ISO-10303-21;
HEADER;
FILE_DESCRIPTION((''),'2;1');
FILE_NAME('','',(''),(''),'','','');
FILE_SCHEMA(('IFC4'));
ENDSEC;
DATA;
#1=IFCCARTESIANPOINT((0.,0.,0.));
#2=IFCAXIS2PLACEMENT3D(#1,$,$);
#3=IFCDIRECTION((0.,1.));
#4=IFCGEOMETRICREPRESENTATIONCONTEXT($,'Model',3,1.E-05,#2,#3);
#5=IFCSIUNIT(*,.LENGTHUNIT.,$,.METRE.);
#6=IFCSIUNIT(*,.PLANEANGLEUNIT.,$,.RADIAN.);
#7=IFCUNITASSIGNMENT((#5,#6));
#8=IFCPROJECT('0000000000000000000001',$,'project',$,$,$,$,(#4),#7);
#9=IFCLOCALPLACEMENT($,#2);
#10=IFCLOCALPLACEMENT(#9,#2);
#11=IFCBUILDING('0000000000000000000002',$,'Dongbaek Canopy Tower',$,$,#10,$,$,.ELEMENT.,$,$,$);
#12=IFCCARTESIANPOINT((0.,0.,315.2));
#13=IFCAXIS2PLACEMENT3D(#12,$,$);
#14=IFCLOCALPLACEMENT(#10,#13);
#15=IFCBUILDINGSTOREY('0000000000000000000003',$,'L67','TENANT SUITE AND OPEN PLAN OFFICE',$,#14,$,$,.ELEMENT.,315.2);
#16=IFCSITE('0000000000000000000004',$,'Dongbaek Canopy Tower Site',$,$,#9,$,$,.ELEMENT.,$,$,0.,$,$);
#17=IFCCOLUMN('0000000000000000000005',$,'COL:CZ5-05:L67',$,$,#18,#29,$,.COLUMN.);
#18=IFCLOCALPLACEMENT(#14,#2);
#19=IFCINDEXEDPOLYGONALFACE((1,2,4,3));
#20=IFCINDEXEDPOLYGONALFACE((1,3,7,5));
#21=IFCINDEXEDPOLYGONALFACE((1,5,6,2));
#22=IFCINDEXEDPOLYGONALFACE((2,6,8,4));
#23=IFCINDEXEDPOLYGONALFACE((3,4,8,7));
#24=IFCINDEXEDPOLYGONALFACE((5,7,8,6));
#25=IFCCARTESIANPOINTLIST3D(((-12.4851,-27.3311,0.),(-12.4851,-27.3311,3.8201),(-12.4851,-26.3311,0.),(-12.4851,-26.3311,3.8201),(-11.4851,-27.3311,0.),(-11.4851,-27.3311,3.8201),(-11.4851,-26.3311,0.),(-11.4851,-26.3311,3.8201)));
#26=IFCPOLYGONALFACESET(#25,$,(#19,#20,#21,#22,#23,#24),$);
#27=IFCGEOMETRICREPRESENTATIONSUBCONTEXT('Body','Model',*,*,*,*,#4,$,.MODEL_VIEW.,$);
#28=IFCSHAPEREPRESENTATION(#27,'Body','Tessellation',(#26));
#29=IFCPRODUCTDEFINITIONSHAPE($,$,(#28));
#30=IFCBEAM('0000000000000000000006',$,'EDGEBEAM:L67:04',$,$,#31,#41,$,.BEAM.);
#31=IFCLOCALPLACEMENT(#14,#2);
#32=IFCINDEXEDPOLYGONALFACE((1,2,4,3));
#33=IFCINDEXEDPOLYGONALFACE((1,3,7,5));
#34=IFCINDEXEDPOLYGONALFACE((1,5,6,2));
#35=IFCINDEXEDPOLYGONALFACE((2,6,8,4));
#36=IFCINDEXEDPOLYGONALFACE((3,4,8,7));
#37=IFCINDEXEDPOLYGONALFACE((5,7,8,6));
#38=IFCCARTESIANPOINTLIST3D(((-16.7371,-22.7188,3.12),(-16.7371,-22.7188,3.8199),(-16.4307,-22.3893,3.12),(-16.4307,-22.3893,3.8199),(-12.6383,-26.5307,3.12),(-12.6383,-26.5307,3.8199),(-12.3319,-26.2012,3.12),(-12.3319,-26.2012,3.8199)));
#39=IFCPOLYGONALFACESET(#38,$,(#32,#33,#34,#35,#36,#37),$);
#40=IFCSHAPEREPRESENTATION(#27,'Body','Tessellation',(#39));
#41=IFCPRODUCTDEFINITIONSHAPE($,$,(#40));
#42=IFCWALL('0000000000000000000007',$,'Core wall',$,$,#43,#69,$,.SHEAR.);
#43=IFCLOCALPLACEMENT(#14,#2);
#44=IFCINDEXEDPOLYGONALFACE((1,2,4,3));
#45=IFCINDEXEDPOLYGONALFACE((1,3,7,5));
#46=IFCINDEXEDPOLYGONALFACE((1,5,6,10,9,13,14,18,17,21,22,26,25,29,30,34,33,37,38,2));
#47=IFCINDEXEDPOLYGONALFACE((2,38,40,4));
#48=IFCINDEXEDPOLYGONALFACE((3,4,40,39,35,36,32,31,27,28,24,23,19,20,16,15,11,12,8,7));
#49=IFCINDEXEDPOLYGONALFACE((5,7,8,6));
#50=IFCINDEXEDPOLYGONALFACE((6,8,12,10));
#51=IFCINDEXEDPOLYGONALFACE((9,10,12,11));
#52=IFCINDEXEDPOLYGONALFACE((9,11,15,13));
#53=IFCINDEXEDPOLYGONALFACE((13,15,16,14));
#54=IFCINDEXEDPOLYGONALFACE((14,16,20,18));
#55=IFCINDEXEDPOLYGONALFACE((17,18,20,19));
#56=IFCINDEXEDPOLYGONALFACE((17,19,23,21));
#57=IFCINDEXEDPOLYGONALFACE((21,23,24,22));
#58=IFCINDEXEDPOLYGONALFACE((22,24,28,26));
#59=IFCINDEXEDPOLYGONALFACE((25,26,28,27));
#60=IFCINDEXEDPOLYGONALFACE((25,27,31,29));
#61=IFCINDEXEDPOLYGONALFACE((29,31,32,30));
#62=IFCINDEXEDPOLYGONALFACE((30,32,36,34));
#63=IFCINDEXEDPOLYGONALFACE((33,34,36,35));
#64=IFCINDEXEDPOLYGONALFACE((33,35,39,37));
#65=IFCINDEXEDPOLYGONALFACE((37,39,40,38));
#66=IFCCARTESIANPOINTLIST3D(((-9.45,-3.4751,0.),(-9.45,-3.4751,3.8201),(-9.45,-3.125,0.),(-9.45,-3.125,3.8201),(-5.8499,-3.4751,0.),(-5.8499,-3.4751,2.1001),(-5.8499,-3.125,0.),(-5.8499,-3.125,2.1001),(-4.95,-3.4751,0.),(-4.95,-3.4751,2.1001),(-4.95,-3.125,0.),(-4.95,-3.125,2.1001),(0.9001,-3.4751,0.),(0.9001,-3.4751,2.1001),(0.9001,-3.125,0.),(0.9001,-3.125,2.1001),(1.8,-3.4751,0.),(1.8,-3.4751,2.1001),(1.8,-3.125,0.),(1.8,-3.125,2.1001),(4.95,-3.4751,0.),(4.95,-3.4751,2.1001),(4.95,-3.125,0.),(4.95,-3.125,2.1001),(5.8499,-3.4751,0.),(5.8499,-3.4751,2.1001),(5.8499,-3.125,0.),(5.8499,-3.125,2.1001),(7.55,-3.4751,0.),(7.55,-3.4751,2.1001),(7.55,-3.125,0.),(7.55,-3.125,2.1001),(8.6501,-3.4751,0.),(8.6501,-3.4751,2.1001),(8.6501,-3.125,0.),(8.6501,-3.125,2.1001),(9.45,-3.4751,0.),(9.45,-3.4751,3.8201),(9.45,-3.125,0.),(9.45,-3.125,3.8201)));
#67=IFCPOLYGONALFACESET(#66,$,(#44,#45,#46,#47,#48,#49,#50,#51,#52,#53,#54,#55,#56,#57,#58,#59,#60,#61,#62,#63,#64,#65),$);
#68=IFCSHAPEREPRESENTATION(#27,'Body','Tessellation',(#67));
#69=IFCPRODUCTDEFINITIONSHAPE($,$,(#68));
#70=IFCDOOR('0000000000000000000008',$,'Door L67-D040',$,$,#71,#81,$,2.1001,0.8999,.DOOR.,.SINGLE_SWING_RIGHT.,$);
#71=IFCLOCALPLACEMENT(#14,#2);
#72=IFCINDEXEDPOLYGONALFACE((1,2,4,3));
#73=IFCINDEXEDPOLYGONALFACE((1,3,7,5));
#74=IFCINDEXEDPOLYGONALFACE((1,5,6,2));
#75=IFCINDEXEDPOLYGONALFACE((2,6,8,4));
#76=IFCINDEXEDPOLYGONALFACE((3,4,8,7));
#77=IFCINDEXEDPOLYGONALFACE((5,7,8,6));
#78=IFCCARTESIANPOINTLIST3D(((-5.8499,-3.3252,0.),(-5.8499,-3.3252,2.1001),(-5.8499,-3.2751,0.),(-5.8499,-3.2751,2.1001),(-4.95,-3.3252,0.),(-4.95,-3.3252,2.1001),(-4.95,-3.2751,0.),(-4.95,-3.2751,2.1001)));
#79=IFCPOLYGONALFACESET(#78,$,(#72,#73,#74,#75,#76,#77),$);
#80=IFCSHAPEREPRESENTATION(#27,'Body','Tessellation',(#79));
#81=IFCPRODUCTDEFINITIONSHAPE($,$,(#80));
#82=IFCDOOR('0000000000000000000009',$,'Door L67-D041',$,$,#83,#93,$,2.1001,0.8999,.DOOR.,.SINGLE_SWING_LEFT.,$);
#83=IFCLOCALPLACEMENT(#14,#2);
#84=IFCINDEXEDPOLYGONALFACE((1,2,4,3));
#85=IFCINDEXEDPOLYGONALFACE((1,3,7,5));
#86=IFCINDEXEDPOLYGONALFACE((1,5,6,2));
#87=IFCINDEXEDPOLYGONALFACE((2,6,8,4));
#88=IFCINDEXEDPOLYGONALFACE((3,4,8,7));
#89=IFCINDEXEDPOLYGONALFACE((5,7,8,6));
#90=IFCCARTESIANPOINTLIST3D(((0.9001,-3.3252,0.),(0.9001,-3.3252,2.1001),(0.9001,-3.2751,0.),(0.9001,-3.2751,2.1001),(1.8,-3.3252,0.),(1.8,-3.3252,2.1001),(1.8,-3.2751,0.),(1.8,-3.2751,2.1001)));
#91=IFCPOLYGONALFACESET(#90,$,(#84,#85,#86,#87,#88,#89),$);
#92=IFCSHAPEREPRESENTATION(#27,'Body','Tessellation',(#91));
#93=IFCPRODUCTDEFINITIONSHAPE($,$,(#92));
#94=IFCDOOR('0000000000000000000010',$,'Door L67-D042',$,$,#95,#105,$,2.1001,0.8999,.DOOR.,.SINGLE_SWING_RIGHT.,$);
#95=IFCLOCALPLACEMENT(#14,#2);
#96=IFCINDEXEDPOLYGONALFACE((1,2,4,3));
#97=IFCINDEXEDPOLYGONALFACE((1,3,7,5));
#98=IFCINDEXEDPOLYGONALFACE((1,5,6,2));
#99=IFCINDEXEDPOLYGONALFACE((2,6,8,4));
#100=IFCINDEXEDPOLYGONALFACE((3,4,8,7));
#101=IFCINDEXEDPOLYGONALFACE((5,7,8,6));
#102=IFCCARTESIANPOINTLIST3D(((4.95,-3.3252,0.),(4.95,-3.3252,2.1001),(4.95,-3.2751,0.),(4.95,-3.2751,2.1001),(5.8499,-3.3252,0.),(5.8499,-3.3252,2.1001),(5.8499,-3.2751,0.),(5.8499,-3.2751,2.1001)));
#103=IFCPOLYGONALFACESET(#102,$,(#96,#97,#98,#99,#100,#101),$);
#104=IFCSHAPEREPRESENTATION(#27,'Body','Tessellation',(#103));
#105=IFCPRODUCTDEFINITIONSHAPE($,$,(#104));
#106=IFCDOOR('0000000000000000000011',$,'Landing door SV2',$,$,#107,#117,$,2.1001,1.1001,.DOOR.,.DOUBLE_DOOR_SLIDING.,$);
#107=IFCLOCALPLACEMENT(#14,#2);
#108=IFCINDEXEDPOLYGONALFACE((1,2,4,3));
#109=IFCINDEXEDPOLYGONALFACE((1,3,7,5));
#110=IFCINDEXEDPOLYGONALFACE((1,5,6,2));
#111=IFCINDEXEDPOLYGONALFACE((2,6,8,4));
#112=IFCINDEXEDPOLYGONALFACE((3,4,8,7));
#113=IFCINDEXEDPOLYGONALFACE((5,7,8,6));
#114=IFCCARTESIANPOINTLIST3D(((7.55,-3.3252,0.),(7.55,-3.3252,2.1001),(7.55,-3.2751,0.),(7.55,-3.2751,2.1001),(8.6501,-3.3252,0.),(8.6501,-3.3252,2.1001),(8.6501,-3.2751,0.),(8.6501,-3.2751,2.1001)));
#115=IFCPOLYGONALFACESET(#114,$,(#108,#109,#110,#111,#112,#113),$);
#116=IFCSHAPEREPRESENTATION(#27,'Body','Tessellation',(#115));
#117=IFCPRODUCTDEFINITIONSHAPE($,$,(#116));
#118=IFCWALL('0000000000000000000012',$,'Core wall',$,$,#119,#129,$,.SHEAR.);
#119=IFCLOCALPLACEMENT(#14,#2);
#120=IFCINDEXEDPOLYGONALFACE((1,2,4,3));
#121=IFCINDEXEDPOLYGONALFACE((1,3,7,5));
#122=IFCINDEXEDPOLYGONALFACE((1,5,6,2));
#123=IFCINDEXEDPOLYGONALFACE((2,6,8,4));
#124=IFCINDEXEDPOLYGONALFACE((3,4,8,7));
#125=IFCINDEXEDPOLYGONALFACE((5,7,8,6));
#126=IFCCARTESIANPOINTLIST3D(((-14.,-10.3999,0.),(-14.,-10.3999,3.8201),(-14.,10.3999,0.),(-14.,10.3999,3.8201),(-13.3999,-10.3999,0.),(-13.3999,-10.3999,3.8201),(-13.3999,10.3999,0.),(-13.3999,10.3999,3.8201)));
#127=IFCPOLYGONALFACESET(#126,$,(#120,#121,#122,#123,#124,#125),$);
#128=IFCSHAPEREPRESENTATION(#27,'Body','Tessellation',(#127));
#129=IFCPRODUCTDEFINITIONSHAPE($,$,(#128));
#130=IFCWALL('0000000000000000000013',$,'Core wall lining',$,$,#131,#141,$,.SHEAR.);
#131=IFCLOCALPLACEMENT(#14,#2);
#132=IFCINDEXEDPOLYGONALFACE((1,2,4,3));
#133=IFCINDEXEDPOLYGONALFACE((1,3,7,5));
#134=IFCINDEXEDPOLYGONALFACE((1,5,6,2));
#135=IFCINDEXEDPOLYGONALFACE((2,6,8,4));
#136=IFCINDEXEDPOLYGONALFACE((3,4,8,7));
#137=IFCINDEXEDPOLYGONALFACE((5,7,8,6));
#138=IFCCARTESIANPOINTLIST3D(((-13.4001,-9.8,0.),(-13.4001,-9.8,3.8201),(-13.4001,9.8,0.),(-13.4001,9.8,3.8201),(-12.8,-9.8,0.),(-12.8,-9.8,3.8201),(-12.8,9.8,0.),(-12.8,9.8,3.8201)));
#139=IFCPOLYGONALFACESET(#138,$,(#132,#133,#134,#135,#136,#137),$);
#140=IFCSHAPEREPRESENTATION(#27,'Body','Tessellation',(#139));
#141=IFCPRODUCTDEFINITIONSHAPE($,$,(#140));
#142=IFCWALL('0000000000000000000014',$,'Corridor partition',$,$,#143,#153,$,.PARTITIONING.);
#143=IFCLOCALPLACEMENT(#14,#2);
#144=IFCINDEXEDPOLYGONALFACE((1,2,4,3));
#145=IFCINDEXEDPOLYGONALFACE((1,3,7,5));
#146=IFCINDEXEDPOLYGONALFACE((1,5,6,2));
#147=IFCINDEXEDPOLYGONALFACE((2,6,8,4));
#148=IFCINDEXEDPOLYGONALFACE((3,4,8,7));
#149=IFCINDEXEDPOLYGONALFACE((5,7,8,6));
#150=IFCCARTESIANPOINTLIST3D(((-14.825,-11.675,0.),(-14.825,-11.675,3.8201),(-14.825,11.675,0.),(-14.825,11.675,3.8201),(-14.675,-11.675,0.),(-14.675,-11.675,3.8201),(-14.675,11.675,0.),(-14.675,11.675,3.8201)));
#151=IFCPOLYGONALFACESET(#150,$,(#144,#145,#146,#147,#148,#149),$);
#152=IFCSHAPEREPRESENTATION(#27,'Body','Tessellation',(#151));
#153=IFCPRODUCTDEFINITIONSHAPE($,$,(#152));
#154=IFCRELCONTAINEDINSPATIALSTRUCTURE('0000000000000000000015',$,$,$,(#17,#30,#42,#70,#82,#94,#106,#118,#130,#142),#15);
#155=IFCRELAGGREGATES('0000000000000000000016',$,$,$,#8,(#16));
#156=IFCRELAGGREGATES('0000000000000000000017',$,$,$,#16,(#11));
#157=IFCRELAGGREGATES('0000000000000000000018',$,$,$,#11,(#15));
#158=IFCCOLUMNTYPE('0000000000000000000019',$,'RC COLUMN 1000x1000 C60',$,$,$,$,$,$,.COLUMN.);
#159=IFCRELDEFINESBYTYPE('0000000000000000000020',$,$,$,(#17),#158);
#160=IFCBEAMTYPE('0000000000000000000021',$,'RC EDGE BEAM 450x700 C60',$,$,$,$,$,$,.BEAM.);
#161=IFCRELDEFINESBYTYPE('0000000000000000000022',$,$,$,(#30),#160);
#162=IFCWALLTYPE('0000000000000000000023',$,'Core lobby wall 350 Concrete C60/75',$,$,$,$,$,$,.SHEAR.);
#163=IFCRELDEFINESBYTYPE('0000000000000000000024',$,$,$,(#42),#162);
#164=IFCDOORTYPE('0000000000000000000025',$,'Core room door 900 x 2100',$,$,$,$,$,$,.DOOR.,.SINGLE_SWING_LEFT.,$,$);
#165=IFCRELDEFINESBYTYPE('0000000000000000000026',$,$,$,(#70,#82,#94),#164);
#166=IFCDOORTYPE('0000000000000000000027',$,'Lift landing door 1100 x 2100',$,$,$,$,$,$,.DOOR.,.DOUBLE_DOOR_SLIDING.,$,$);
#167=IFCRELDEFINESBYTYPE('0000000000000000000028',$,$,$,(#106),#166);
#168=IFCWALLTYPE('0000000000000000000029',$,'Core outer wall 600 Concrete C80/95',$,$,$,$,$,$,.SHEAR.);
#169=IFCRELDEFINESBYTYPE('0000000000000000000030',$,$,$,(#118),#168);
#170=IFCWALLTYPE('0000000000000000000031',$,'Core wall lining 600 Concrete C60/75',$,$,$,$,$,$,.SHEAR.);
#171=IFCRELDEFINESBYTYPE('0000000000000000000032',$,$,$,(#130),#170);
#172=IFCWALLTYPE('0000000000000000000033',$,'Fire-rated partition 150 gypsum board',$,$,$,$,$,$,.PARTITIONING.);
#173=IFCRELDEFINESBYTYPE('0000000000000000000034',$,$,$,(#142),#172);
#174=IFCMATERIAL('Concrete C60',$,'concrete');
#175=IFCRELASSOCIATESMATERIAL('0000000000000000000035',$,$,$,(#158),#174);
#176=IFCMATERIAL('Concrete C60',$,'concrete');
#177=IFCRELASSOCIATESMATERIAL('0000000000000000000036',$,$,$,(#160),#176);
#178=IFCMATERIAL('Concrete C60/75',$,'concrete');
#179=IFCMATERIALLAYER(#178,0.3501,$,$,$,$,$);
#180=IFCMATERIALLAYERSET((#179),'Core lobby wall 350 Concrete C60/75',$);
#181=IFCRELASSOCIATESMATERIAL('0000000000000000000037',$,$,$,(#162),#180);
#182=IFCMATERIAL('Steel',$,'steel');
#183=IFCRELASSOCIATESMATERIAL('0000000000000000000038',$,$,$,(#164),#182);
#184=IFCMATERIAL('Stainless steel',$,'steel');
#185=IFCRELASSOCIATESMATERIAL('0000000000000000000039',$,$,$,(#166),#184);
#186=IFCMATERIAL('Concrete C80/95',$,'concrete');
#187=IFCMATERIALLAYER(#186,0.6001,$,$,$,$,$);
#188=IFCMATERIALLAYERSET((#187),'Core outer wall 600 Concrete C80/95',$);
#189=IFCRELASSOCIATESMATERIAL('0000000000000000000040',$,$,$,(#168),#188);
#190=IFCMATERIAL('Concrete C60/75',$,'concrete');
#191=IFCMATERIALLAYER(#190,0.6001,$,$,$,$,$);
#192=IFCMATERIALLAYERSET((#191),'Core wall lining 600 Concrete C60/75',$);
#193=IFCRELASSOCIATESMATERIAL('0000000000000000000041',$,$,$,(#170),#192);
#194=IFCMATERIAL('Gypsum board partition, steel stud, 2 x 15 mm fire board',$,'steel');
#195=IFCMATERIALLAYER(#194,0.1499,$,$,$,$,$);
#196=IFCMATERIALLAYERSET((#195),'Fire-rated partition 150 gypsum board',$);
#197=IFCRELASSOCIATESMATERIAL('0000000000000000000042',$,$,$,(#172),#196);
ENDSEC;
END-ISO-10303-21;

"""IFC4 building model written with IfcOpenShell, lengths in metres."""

from ifc_helpers import new_model, si_unit, direction, frame, frame_2d, origin, origin_2d, place, context, subcontext, project, spatial, rectangle, extrude, material, layer, layer_set, material_profile, profile_set, type_object, element, fill, save


model = new_model("IFC4")

# Units and contexts
model_context = context("Model", 3, precision=1e-05, world=origin(), true_north=direction((0.0, 1.0)))
body_context = subcontext(model_context, "Body", "Model", "MODEL_VIEW")
ifc_project = project(units=[si_unit("LENGTHUNIT", "METRE"), si_unit("PLANEANGLEUNIT", "RADIAN")], contexts=[model_context])

# Site, building, storey
site_placement = place(None, origin())
site = spatial("IfcSite", under=ifc_project, at=site_placement, Name="Dongbaek Canopy Tower Site", CompositionType="ELEMENT", RefElevation=0.0)
building_placement = place(site_placement, origin())
building = spatial("IfcBuilding", under=site, at=building_placement, Name="Dongbaek Canopy Tower", CompositionType="ELEMENT")
storey_placement = place(building_placement, frame((0.0, 0.0, 315.2)))
storey = spatial("IfcBuildingStorey", under=building, at=storey_placement, Name="L67", Description="TENANT SUITE AND OPEN PLAN OFFICE", CompositionType="ELEMENT", Elevation=315.2)

# Column
ifc_material_1 = material(Name="Concrete C60", Category="concrete")
ifc_material_profile_1 = material_profile(ifc_material_1, rectangle(XDim=1.0, YDim=1.0, at=origin_2d()), Name="RC COLUMN 1000x1000 C60")
ifc_profile_set_1 = profile_set([ifc_material_profile_1], Name="Concrete C60")
column_type = type_object("IfcColumnType", Name="RC COLUMN 1000x1000 C60", PredefinedType="COLUMN", material=ifc_profile_set_1)
column_placement = place(storey_placement, frame((-11.9851, -26.8311, 0.0), z_axis=(0.0, 0.0, 1.0), x_axis=(1.0, 0.0, 0.0)))
element("IfcColumn", 1, at=column_placement, inside=storey, type_object=column_type, Name="COL:CZ5-05:L67", PredefinedType="COLUMN", context=body_context, shape_type="SweptSolid", body=[
    extrude(rectangle(XDim=1.0, YDim=1.0, at=origin_2d()), origin(), (0.0, 0.0, 1.0), 3.8201),
])

# Beam
ifc_material_2 = material(Name="Concrete C60", Category="concrete")
ifc_material_profile_2 = material_profile(ifc_material_2, rectangle(XDim=0.45, YDim=0.7, at=origin_2d()), Name="RC EDGE BEAM 450x700 C60")
ifc_profile_set_2 = profile_set([ifc_material_profile_2], Name="Concrete C60")
beam_type = type_object("IfcBeamType", Name="RC EDGE BEAM 450x700 C60", PredefinedType="BEAM", material=ifc_profile_set_2)
beam_placement = place(storey_placement, frame((-12.4851, -26.366, 3.47), z_axis=(-0.732267, 0.681018, 0.0), x_axis=(-0.681018, -0.732267, 0.0)))
element("IfcBeam", 2, at=beam_placement, inside=storey, type_object=beam_type, Name="EDGEBEAM:L67:04", PredefinedType="BEAM", context=body_context, shape_type="SweptSolid", body=[
    extrude(rectangle(XDim=0.45, YDim=0.7, at=origin_2d()), origin(), (0.0, 0.0, 1.0), 5.5974),
])

# Wall, openings, doors
ifc_material_3 = material(Name="Concrete C60/75", Category="concrete")
ifc_layer_1 = layer(ifc_material_3, 0.3501)
ifc_layer_set_1 = layer_set([ifc_layer_1], Name="Core lobby wall 350 Concrete C60/75")
wall_type_1 = type_object("IfcWallType", Name="Core lobby wall 350 Concrete C60/75", PredefinedType="SHEAR", material=ifc_layer_set_1)
wall_1_placement = place(storey_placement, frame((-9.45, -3.3, 0.0), z_axis=(0.0, 0.0, 1.0), x_axis=(1.0, 0.0, 0.0)))
wall_1 = element("IfcWall", 3, at=wall_1_placement, inside=storey, type_object=wall_type_1, Name="Core wall", PredefinedType="SHEAR", context=body_context, shape_type="SweptSolid", body=[
    extrude(rectangle(XDim=18.8999, YDim=0.3501, at=frame_2d((9.45, 0.0))), origin(), (0.0, 0.0, 1.0), 3.8201),
])
opening_1_placement = place(wall_1_placement, frame((17.0, 0.0, 0.0)))
opening_1 = element("IfcOpeningElement", 4, at=opening_1_placement, cuts=wall_1, PredefinedType="OPENING", context=body_context, shape_type="SweptSolid", body=[
    extrude(rectangle(XDim=1.1001, YDim=2.1001, at=frame_2d((0.55, 1.05))), frame((0.0, 0.1851, 0.0), z_axis=(0.0, -1.0, 0.0), x_axis=(1.0, 0.0, 0.0)), (0.0, 0.0, 1.0), 0.3701),
])
opening_2_placement = place(wall_1_placement, frame((3.6001, 0.0, 0.0)))
opening_2 = element("IfcOpeningElement", 5, at=opening_2_placement, cuts=wall_1, PredefinedType="OPENING", context=body_context, shape_type="SweptSolid", body=[
    extrude(rectangle(XDim=0.8999, YDim=2.1001, at=frame_2d((0.45, 1.05))), frame((0.0, 0.1851, 0.0), z_axis=(0.0, -1.0, 0.0), x_axis=(1.0, 0.0, 0.0)), (0.0, 0.0, 1.0), 0.3701),
])
opening_3_placement = place(wall_1_placement, frame((10.3501, 0.0, 0.0)))
opening_3 = element("IfcOpeningElement", 6, at=opening_3_placement, cuts=wall_1, PredefinedType="OPENING", context=body_context, shape_type="SweptSolid", body=[
    extrude(rectangle(XDim=0.8999, YDim=2.1001, at=frame_2d((0.45, 1.05))), frame((0.0, 0.1851, 0.0), z_axis=(0.0, -1.0, 0.0), x_axis=(1.0, 0.0, 0.0)), (0.0, 0.0, 1.0), 0.3701),
])
opening_4_placement = place(wall_1_placement, frame((14.3999, 0.0, 0.0)))
opening_4 = element("IfcOpeningElement", 7, at=opening_4_placement, cuts=wall_1, PredefinedType="OPENING", context=body_context, shape_type="SweptSolid", body=[
    extrude(rectangle(XDim=0.8999, YDim=2.1001, at=frame_2d((0.45, 1.05))), frame((0.0, 0.1851, 0.0), z_axis=(0.0, -1.0, 0.0), x_axis=(1.0, 0.0, 0.0)), (0.0, 0.0, 1.0), 0.3701),
])
ifc_material_4 = material(Name="Steel", Category="steel")
door_type_1 = type_object("IfcDoorType", Name="Core room door 900 x 2100", OperationType="SINGLE_SWING_LEFT", PredefinedType="DOOR", material=ifc_material_4)
door_1_placement = place(opening_2_placement, origin())
door_1 = element("IfcDoor", 8, at=door_1_placement, inside=storey, type_object=door_type_1, Name="Door L67-D040", OperationType="SINGLE_SWING_RIGHT", OverallHeight=2.1001, OverallWidth=0.8999, PredefinedType="DOOR", context=body_context, shape_type="SweptSolid", body=[
    extrude(rectangle(XDim=0.8999, YDim=2.1001, at=frame_2d((0.45, 1.05))), frame((0.0, 0.0249, 0.0), z_axis=(0.0, -1.0, 0.0), x_axis=(1.0, 0.0, 0.0)), (0.0, 0.0, 1.0), 0.05),
])
fill(opening_2, door_1)
door_2_placement = place(opening_3_placement, origin())
door_2 = element("IfcDoor", 9, at=door_2_placement, inside=storey, type_object=door_type_1, Name="Door L67-D041", OperationType="SINGLE_SWING_LEFT", OverallHeight=2.1001, OverallWidth=0.8999, PredefinedType="DOOR", context=body_context, shape_type="SweptSolid", body=[
    extrude(rectangle(XDim=0.8999, YDim=2.1001, at=frame_2d((0.45, 1.05))), frame((0.0, 0.0249, 0.0), z_axis=(0.0, -1.0, 0.0), x_axis=(1.0, 0.0, 0.0)), (0.0, 0.0, 1.0), 0.05),
])
fill(opening_3, door_2)
door_3_placement = place(opening_4_placement, origin())
door_3 = element("IfcDoor", 10, at=door_3_placement, inside=storey, type_object=door_type_1, Name="Door L67-D042", OperationType="SINGLE_SWING_RIGHT", OverallHeight=2.1001, OverallWidth=0.8999, PredefinedType="DOOR", context=body_context, shape_type="SweptSolid", body=[
    extrude(rectangle(XDim=0.8999, YDim=2.1001, at=frame_2d((0.45, 1.05))), frame((0.0, 0.0249, 0.0), z_axis=(0.0, -1.0, 0.0), x_axis=(1.0, 0.0, 0.0)), (0.0, 0.0, 1.0), 0.05),
])
fill(opening_4, door_3)
ifc_material_5 = material(Name="Stainless steel", Category="steel")
door_type_2 = type_object("IfcDoorType", Name="Lift landing door 1100 x 2100", OperationType="DOUBLE_DOOR_SLIDING", PredefinedType="DOOR", material=ifc_material_5)
door_4_placement = place(opening_1_placement, origin())
door_4 = element("IfcDoor", 11, at=door_4_placement, inside=storey, type_object=door_type_2, Name="Landing door SV2", OperationType="DOUBLE_DOOR_SLIDING", OverallHeight=2.1001, OverallWidth=1.1001, PredefinedType="DOOR", context=body_context, shape_type="SweptSolid", body=[
    extrude(rectangle(XDim=1.1001, YDim=2.1001, at=frame_2d((0.55, 1.05))), frame((0.0, 0.0249, 0.0), z_axis=(0.0, -1.0, 0.0), x_axis=(1.0, 0.0, 0.0)), (0.0, 0.0, 1.0), 0.05),
])
fill(opening_1, door_4)

# Walls
ifc_material_6 = material(Name="Concrete C80/95", Category="concrete")
ifc_layer_2 = layer(ifc_material_6, 0.6001)
ifc_layer_set_2 = layer_set([ifc_layer_2], Name="Core outer wall 600 Concrete C80/95")
wall_type_2 = type_object("IfcWallType", Name="Core outer wall 600 Concrete C80/95", PredefinedType="SHEAR", material=ifc_layer_set_2)
wall_2_placement = place(storey_placement, frame((-13.7, -10.3999, 0.0), z_axis=(0.0, 0.0, 1.0), x_axis=(0.0, 1.0, 0.0)))
element("IfcWall", 12, at=wall_2_placement, inside=storey, type_object=wall_type_2, Name="Core wall", PredefinedType="SHEAR", context=body_context, shape_type="SweptSolid", body=[
    extrude(rectangle(XDim=20.7998, YDim=0.6001, at=frame_2d((10.3999, 0.0))), origin(), (0.0, 0.0, 1.0), 3.8201),
])
ifc_material_7 = material(Name="Concrete C60/75", Category="concrete")
ifc_layer_3 = layer(ifc_material_7, 0.6001)
ifc_layer_set_3 = layer_set([ifc_layer_3], Name="Core wall lining 600 Concrete C60/75")
wall_type_3 = type_object("IfcWallType", Name="Core wall lining 600 Concrete C60/75", PredefinedType="SHEAR", material=ifc_layer_set_3)
wall_3_placement = place(storey_placement, frame((-13.1001, -9.8, 0.0), z_axis=(0.0, 0.0, 1.0), x_axis=(0.0, 1.0, 0.0)))
element("IfcWall", 13, at=wall_3_placement, inside=storey, type_object=wall_type_3, Name="Core wall lining", PredefinedType="SHEAR", context=body_context, shape_type="SweptSolid", body=[
    extrude(rectangle(XDim=19.6001, YDim=0.6001, at=frame_2d((9.8, 0.0))), origin(), (0.0, 0.0, 1.0), 3.8201),
])
ifc_material_8 = material(Name="Gypsum board partition, steel stud, 2 x 15 mm fire board", Category="steel")
ifc_layer_4 = layer(ifc_material_8, 0.1499)
ifc_layer_set_4 = layer_set([ifc_layer_4], Name="Fire-rated partition 150 gypsum board")
wall_type_4 = type_object("IfcWallType", Name="Fire-rated partition 150 gypsum board", PredefinedType="PARTITIONING", material=ifc_layer_set_4)
wall_4_placement = place(storey_placement, frame((-14.75, -11.675, 0.0), z_axis=(0.0, 0.0, 1.0), x_axis=(0.0, 1.0, 0.0)))
element("IfcWall", 14, at=wall_4_placement, inside=storey, type_object=wall_type_4, Name="Corridor partition", PredefinedType="PARTITIONING", context=body_context, shape_type="SweptSolid", body=[
    extrude(rectangle(XDim=23.3501, YDim=0.1499, at=frame_2d((11.675, 0.0))), origin(), (0.0, 0.0, 1.0), 3.8201),
])

save(model, "model.ifc")
